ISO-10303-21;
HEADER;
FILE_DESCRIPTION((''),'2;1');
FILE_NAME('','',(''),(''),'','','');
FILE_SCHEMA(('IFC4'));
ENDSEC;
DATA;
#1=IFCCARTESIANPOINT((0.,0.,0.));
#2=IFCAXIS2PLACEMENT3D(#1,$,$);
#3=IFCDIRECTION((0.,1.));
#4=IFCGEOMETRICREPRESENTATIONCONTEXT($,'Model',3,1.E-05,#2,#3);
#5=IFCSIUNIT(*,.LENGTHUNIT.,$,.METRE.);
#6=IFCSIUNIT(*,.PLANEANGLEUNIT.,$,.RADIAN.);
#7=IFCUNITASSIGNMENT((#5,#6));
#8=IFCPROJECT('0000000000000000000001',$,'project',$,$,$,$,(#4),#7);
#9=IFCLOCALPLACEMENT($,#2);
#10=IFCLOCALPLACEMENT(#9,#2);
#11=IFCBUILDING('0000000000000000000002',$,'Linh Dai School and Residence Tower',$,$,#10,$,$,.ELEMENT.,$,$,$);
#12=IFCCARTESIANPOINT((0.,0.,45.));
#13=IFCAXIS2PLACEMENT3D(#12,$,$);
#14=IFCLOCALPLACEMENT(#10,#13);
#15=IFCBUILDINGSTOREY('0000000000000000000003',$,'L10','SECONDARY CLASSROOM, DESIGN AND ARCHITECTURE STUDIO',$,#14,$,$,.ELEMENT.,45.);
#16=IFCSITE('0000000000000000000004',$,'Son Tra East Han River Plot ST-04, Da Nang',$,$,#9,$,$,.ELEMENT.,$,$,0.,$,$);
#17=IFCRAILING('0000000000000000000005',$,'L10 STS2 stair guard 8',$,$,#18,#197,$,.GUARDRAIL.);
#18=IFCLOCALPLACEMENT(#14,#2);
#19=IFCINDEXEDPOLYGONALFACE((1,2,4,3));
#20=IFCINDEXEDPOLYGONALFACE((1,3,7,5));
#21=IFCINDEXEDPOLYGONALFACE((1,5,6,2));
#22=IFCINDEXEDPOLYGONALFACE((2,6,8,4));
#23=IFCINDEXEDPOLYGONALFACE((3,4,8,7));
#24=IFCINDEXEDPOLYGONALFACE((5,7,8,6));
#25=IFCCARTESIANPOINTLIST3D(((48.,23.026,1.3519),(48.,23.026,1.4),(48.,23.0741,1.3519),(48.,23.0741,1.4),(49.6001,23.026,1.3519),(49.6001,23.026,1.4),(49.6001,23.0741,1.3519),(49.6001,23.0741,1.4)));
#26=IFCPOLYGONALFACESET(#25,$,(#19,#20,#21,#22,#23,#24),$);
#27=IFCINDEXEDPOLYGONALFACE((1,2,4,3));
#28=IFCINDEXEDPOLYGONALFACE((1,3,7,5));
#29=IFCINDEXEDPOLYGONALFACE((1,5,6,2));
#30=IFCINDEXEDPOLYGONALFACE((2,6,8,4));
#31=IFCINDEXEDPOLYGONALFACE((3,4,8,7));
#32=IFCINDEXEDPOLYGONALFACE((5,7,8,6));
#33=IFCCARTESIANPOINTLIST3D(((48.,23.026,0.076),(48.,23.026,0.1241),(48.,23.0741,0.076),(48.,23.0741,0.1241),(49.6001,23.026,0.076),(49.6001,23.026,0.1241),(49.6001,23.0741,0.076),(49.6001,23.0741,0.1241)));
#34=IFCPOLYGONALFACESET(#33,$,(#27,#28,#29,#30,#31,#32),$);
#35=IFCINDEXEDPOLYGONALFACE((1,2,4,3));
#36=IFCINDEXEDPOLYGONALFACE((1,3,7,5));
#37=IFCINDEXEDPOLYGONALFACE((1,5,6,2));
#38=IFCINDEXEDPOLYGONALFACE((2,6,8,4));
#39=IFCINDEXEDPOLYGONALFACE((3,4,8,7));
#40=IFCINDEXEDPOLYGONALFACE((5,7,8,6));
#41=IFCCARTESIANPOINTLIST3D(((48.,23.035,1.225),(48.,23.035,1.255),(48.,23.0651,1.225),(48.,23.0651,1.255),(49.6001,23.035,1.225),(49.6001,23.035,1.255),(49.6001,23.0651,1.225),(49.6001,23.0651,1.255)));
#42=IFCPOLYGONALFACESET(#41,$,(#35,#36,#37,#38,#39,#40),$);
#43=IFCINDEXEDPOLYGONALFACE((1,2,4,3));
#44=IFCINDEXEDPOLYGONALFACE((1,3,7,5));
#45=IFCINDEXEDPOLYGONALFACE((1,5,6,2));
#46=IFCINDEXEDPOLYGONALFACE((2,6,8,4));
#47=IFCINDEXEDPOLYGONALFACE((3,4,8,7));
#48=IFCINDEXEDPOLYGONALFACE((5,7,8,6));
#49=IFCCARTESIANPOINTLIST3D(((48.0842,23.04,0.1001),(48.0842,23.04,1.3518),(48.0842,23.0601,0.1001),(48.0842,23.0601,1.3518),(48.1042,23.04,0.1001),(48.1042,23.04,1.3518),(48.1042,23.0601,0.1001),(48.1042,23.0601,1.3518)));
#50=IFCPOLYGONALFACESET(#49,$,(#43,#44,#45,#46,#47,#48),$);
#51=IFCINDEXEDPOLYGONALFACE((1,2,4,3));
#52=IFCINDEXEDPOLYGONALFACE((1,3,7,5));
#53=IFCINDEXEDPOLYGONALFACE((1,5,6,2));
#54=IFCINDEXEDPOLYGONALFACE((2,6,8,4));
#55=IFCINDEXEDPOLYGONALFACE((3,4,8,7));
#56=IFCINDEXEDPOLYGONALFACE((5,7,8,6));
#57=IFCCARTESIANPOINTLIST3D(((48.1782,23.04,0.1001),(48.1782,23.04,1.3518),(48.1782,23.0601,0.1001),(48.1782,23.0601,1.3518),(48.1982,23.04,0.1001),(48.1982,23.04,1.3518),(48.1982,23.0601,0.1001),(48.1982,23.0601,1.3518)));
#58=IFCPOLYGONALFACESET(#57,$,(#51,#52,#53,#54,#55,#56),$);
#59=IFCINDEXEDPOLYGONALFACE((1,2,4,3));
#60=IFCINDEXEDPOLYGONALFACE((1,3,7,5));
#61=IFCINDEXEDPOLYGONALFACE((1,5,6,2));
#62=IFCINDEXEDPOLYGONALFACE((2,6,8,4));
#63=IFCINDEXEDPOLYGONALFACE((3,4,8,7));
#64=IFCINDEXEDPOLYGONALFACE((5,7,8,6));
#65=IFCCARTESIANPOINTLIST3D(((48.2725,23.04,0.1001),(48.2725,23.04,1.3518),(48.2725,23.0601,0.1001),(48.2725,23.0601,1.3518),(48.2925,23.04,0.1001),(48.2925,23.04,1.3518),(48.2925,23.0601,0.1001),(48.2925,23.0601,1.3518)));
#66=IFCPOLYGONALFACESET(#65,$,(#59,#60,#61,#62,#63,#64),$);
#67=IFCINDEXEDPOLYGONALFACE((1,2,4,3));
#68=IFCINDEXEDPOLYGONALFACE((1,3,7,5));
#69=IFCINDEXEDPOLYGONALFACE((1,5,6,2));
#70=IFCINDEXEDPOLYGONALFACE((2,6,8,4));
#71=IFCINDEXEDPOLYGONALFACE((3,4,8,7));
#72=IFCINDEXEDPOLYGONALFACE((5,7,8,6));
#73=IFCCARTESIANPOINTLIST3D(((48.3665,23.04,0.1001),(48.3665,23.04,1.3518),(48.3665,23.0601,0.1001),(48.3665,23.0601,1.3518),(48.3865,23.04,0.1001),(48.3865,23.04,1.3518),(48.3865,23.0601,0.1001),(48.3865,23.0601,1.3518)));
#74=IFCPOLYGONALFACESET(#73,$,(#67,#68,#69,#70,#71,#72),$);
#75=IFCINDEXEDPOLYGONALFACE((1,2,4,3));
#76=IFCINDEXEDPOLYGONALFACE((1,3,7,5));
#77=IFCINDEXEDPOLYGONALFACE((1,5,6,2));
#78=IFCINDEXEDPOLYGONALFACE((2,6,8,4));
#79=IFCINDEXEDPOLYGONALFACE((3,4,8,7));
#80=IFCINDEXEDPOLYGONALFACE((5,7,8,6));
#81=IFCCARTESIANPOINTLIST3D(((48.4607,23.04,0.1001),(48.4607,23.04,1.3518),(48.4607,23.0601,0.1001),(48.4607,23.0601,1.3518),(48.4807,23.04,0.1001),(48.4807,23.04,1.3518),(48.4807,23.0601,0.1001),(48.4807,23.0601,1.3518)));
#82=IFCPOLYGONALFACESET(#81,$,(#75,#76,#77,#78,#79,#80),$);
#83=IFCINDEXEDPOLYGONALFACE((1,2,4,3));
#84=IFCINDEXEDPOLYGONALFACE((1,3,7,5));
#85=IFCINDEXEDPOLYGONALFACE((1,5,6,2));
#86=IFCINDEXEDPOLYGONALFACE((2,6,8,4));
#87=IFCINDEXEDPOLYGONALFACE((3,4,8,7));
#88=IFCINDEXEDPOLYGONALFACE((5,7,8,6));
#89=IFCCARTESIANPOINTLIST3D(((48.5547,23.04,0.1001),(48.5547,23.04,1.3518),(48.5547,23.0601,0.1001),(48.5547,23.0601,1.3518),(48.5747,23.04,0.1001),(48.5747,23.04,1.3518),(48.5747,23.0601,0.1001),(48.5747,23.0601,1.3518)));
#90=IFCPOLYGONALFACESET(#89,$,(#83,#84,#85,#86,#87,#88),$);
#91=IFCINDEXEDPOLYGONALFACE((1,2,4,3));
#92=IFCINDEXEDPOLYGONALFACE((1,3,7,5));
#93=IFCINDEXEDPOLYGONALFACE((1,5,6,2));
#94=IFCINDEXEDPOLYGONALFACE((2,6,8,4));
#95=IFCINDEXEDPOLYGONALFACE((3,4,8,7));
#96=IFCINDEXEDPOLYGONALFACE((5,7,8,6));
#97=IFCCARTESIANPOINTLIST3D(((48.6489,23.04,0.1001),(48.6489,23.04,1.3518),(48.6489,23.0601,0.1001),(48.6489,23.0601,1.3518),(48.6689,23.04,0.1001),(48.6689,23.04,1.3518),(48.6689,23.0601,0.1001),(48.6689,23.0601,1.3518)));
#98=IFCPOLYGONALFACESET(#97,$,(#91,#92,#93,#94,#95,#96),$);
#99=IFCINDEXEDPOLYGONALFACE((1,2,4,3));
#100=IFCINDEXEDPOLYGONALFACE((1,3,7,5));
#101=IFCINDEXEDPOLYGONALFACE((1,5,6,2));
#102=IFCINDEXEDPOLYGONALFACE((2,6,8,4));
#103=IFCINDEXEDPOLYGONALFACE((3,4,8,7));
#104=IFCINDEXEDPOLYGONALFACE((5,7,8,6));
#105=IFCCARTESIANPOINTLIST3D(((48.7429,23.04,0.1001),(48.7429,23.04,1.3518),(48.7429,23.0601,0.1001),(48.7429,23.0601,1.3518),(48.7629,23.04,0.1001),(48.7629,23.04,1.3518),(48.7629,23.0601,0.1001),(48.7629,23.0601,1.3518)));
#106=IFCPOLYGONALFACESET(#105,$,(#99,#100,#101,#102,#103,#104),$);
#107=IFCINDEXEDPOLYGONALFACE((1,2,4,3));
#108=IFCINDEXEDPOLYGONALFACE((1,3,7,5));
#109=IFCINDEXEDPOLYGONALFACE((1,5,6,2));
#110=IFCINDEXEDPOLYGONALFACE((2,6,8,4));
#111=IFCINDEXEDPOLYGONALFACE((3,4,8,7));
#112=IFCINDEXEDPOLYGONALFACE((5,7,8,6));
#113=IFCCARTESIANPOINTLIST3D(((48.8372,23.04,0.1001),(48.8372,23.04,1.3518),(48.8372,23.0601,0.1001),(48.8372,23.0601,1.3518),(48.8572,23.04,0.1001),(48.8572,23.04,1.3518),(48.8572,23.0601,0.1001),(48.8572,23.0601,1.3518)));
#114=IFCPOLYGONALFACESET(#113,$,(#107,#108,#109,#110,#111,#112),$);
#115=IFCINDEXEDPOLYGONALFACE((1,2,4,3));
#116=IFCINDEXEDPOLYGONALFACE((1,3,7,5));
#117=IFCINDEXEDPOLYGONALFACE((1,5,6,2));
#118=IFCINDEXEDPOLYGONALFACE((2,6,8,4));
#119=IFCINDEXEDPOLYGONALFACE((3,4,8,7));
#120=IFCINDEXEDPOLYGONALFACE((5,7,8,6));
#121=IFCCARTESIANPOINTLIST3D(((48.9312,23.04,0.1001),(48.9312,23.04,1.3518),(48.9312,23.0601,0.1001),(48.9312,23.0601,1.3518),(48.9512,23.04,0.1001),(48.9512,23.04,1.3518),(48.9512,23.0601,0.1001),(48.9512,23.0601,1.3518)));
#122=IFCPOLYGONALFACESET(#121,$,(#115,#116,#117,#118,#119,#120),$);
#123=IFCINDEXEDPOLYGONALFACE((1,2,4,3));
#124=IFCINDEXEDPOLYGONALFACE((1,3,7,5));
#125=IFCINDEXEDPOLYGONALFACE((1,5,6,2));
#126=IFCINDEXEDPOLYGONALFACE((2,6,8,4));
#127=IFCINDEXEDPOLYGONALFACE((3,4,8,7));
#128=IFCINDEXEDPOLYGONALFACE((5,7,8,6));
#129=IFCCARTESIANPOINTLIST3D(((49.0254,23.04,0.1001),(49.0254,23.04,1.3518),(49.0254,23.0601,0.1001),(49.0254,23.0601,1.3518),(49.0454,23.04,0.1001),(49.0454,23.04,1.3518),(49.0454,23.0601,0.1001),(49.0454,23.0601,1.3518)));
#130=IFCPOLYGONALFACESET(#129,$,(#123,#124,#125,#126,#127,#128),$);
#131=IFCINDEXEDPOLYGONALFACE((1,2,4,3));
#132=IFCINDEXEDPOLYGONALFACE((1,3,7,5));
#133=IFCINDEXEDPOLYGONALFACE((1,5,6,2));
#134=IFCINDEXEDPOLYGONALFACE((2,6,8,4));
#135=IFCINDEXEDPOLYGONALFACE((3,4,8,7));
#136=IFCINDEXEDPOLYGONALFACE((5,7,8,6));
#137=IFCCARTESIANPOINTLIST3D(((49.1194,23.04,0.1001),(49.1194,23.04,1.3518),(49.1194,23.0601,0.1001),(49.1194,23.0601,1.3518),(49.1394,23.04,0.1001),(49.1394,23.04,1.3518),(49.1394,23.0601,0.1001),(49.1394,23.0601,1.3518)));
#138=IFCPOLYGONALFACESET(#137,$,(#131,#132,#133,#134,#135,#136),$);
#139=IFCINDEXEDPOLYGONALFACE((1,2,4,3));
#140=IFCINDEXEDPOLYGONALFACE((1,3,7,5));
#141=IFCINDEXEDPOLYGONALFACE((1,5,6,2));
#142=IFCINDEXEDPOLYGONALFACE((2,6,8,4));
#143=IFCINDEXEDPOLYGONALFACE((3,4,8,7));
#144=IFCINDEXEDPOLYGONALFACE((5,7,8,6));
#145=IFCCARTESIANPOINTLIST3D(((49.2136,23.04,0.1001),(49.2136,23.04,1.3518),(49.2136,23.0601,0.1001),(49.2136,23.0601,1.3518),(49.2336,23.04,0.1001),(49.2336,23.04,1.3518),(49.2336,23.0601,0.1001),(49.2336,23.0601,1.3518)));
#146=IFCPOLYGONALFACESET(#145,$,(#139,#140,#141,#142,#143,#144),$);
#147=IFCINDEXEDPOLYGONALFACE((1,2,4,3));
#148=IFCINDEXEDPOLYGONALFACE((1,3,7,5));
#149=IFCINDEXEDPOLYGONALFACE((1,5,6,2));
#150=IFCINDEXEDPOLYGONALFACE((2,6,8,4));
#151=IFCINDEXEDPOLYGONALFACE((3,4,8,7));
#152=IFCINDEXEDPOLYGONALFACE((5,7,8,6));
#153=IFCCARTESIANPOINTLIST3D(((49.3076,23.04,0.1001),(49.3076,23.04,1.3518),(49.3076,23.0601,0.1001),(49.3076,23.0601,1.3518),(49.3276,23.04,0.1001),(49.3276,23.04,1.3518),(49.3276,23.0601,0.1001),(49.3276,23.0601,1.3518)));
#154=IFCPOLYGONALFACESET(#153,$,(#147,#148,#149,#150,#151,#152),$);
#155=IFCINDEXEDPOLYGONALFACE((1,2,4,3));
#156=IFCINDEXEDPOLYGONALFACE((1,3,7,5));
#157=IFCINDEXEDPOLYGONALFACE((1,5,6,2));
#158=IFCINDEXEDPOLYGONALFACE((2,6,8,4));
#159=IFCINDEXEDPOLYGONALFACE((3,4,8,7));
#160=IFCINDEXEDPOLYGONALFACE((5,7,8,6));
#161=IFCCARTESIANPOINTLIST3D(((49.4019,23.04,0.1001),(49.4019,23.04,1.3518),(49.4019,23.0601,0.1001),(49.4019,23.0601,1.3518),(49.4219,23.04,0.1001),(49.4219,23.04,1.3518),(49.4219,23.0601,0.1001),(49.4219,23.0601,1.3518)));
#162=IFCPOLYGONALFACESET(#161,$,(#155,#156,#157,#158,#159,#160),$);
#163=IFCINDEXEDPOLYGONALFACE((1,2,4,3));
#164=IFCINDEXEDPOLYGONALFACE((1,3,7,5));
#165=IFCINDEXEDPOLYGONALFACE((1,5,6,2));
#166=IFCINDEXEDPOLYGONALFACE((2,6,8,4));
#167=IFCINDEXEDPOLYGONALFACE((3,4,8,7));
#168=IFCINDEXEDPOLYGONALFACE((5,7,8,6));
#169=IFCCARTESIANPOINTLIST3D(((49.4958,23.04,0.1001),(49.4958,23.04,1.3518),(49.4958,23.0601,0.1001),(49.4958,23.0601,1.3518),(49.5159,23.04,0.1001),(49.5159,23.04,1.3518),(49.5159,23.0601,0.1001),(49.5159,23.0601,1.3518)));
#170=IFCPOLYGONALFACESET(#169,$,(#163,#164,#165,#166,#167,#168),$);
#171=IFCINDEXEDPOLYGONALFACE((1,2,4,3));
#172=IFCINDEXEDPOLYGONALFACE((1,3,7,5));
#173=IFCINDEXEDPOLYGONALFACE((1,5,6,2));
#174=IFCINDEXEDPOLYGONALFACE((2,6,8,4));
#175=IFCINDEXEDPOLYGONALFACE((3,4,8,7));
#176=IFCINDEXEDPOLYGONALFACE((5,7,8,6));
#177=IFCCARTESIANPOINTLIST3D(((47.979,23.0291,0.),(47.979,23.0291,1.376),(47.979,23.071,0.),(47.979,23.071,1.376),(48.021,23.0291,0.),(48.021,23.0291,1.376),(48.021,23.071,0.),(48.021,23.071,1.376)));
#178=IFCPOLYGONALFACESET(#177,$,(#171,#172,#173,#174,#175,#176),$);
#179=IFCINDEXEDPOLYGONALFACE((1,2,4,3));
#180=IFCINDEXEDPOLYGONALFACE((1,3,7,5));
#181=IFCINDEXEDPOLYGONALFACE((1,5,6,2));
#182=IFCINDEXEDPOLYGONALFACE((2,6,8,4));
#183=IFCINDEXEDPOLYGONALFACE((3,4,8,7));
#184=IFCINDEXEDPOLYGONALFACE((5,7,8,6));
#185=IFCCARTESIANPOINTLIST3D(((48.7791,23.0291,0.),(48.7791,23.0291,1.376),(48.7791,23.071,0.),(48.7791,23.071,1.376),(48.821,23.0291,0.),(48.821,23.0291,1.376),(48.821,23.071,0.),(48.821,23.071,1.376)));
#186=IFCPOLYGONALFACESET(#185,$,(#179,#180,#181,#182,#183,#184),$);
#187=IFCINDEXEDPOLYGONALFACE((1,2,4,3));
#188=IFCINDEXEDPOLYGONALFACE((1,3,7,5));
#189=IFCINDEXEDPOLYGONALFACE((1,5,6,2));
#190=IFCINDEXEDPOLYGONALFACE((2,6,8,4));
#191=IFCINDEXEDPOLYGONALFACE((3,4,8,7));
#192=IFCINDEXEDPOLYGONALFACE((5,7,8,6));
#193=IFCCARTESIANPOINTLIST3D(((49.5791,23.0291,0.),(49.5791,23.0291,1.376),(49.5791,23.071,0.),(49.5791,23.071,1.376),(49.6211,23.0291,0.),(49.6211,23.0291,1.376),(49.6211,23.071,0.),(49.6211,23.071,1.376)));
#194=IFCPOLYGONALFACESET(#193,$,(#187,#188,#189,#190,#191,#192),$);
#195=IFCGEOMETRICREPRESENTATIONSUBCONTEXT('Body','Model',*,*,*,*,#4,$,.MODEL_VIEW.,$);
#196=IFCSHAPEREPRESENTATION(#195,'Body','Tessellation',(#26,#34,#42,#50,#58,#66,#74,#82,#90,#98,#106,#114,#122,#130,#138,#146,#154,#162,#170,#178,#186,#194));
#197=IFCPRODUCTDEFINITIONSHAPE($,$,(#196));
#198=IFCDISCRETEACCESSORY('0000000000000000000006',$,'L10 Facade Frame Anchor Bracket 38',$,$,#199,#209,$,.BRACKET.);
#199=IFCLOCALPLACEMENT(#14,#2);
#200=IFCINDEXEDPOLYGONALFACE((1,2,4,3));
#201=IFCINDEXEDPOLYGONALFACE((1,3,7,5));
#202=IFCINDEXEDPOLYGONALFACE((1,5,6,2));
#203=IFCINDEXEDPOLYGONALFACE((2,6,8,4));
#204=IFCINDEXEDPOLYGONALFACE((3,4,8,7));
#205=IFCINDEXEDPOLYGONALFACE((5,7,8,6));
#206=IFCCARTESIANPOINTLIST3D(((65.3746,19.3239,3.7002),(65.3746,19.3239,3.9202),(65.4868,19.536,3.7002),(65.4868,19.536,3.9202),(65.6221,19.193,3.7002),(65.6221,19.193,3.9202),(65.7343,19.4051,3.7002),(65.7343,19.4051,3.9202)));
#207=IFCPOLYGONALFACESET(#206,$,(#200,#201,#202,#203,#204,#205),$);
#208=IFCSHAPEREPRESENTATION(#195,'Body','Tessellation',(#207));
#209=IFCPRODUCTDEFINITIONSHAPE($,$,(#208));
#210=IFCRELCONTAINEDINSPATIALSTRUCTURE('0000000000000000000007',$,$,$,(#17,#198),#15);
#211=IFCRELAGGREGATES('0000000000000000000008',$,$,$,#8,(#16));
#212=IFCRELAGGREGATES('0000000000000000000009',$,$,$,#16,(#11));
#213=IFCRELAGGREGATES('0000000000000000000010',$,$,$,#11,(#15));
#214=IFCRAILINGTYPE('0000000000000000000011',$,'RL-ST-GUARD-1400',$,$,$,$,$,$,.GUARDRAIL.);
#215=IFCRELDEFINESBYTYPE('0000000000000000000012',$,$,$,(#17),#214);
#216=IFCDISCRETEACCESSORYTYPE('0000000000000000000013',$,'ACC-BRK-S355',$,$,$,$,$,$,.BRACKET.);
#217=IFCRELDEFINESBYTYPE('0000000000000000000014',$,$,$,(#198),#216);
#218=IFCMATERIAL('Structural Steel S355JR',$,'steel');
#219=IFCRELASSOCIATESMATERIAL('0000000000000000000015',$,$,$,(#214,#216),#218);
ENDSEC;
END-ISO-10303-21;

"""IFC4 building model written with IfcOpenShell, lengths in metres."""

from ifc_helpers import new_model, si_unit, direction, frame, origin, origin_2d, place, context, subcontext, project, spatial, rectangle, extrude, source, transform, mapped, material, type_object, element, save


model = new_model("IFC4")

# Units and contexts
model_context = context("Model", 3, precision=1e-05, world=origin(), true_north=direction((0.0, 1.0)))
body_context = subcontext(model_context, "Body", "Model", "MODEL_VIEW")
ifc_project = project(units=[si_unit("LENGTHUNIT", "METRE"), si_unit("PLANEANGLEUNIT", "RADIAN")], contexts=[model_context])

# Site, building, storey
site_placement = place(None, origin())
site = spatial("IfcSite", under=ifc_project, at=site_placement, Name="Son Tra East Han River Plot ST-04, Da Nang", CompositionType="ELEMENT", RefElevation=0.0)
building_placement = place(site_placement, origin())
building = spatial("IfcBuilding", under=site, at=building_placement, Name="Linh Dai School and Residence Tower", CompositionType="ELEMENT")
storey_placement = place(building_placement, frame((0.0, 0.0, 45.0)))
storey = spatial("IfcBuildingStorey", under=building, at=storey_placement, Name="L10", Description="SECONDARY CLASSROOM, DESIGN AND ARCHITECTURE STUDIO", CompositionType="ELEMENT", Elevation=45.0)

# Shared definitions
ifc_material_1 = material(Name="Structural Steel S355JR", Category="steel")

# Railing
railing_type_1 = type_object("IfcRailingType", Name="RL-ST-GUARD-1400", PredefinedType="GUARDRAIL", material=ifc_material_1)
shared_shape_1 = source(origin(), body_context, "Body", "SweptSolid", [
    extrude(rectangle(XDim=0.0481, YDim=0.0481, at=origin_2d()), frame((0.0, 0.0, 1.376), z_axis=(1.0, 0.0, 0.0), x_axis=(0.0, 1.0, 0.0)), (0.0, 0.0, 1.0), 1.6001),
    extrude(rectangle(XDim=0.0481, YDim=0.0481, at=origin_2d()), frame((0.0, 0.0, 0.1001), z_axis=(1.0, 0.0, 0.0), x_axis=(0.0, 1.0, 0.0)), (0.0, 0.0, 1.0), 1.6001),
    extrude(rectangle(XDim=0.03, YDim=0.03, at=origin_2d()), frame((0.0, 0.0, 1.24), z_axis=(1.0, 0.0, 0.0), x_axis=(0.0, 1.0, 0.0)), (0.0, 0.0, 1.0), 1.6001),
    extrude(rectangle(XDim=0.02, YDim=0.02, at=origin_2d()), frame((0.0942, 0.0, 0.1001)), (0.0, 0.0, 1.0), 1.2517),
    extrude(rectangle(XDim=0.02, YDim=0.02, at=origin_2d()), frame((0.1882, 0.0, 0.1001)), (0.0, 0.0, 1.0), 1.2517),
    extrude(rectangle(XDim=0.02, YDim=0.02, at=origin_2d()), frame((0.2825, 0.0, 0.1001)), (0.0, 0.0, 1.0), 1.2517),
    extrude(rectangle(XDim=0.02, YDim=0.02, at=origin_2d()), frame((0.3765, 0.0, 0.1001)), (0.0, 0.0, 1.0), 1.2517),
    extrude(rectangle(XDim=0.02, YDim=0.02, at=origin_2d()), frame((0.4707, 0.0, 0.1001)), (0.0, 0.0, 1.0), 1.2517),
    extrude(rectangle(XDim=0.02, YDim=0.02, at=origin_2d()), frame((0.5647, 0.0, 0.1001)), (0.0, 0.0, 1.0), 1.2517),
    extrude(rectangle(XDim=0.02, YDim=0.02, at=origin_2d()), frame((0.6589, 0.0, 0.1001)), (0.0, 0.0, 1.0), 1.2517),
    extrude(rectangle(XDim=0.02, YDim=0.02, at=origin_2d()), frame((0.7529, 0.0, 0.1001)), (0.0, 0.0, 1.0), 1.2517),
    extrude(rectangle(XDim=0.02, YDim=0.02, at=origin_2d()), frame((0.8472, 0.0, 0.1001)), (0.0, 0.0, 1.0), 1.2517),
    extrude(rectangle(XDim=0.02, YDim=0.02, at=origin_2d()), frame((0.9412, 0.0, 0.1001)), (0.0, 0.0, 1.0), 1.2517),
    extrude(rectangle(XDim=0.02, YDim=0.02, at=origin_2d()), frame((1.0354, 0.0, 0.1001)), (0.0, 0.0, 1.0), 1.2517),
    extrude(rectangle(XDim=0.02, YDim=0.02, at=origin_2d()), frame((1.1294, 0.0, 0.1001)), (0.0, 0.0, 1.0), 1.2517),
    extrude(rectangle(XDim=0.02, YDim=0.02, at=origin_2d()), frame((1.2236, 0.0, 0.1001)), (0.0, 0.0, 1.0), 1.2517),
    extrude(rectangle(XDim=0.02, YDim=0.02, at=origin_2d()), frame((1.3176, 0.0, 0.1001)), (0.0, 0.0, 1.0), 1.2517),
    extrude(rectangle(XDim=0.02, YDim=0.02, at=origin_2d()), frame((1.4119, 0.0, 0.1001)), (0.0, 0.0, 1.0), 1.2517),
    extrude(rectangle(XDim=0.02, YDim=0.02, at=origin_2d()), frame((1.5059, 0.0, 0.1001)), (0.0, 0.0, 1.0), 1.2517),
    extrude(rectangle(XDim=0.042, YDim=0.042, at=origin_2d()), origin(), (0.0, 0.0, 1.0), 1.376),
    extrude(rectangle(XDim=0.042, YDim=0.042, at=origin_2d()), frame((0.8, 0.0, 0.0)), (0.0, 0.0, 1.0), 1.376),
    extrude(rectangle(XDim=0.042, YDim=0.042, at=origin_2d()), frame((1.6001, 0.0, 0.0)), (0.0, 0.0, 1.0), 1.376),
])
railing_1_placement = place(storey_placement, frame((48.0, 23.05, 0.0)))
element("IfcRailing", 1, at=railing_1_placement, inside=storey, type_object=railing_type_1, Name="L10 STS2 stair guard 8", PredefinedType="GUARDRAIL", context=body_context, shape_type="MappedRepresentation", body=[
    mapped(shared_shape_1, transform((0.0, 0.0, 0.0), x_axis=(1.0, 0.0, 0.0), y_axis=(0.0, 1.0, 0.0), z_axis=(0.0, 0.0, 1.0), scale=1.0)),
])

# Discrete accessory
discrete_accessory_type = type_object("IfcDiscreteAccessoryType", Name="ACC-BRK-S355", PredefinedType="BRACKET", material=ifc_material_1)
shared_shape_2 = source(origin(), body_context, "Body", "SweptSolid", [
    extrude(rectangle(XDim=0.28, YDim=0.24, at=origin_2d()), origin(), (0.0, 0.0, 1.0), 0.22),
])
discrete_accessory_placement = place(storey_placement, frame((65.5544, 19.3645, 3.7002), z_axis=(0.0, 0.0, 1.0), x_axis=(0.883934, -0.467612, 0.0)))
element("IfcDiscreteAccessory", 2, at=discrete_accessory_placement, inside=storey, type_object=discrete_accessory_type, Name="L10 Facade Frame Anchor Bracket 38", PredefinedType="BRACKET", context=body_context, shape_type="MappedRepresentation", body=[
    mapped(shared_shape_2, transform((0.0, 0.0, 0.0), x_axis=(1.0, 0.0, 0.0), y_axis=(0.0, 1.0, 0.0), z_axis=(0.0, 0.0, 1.0), scale=1.0)),
])

save(model, "model.ifc")
